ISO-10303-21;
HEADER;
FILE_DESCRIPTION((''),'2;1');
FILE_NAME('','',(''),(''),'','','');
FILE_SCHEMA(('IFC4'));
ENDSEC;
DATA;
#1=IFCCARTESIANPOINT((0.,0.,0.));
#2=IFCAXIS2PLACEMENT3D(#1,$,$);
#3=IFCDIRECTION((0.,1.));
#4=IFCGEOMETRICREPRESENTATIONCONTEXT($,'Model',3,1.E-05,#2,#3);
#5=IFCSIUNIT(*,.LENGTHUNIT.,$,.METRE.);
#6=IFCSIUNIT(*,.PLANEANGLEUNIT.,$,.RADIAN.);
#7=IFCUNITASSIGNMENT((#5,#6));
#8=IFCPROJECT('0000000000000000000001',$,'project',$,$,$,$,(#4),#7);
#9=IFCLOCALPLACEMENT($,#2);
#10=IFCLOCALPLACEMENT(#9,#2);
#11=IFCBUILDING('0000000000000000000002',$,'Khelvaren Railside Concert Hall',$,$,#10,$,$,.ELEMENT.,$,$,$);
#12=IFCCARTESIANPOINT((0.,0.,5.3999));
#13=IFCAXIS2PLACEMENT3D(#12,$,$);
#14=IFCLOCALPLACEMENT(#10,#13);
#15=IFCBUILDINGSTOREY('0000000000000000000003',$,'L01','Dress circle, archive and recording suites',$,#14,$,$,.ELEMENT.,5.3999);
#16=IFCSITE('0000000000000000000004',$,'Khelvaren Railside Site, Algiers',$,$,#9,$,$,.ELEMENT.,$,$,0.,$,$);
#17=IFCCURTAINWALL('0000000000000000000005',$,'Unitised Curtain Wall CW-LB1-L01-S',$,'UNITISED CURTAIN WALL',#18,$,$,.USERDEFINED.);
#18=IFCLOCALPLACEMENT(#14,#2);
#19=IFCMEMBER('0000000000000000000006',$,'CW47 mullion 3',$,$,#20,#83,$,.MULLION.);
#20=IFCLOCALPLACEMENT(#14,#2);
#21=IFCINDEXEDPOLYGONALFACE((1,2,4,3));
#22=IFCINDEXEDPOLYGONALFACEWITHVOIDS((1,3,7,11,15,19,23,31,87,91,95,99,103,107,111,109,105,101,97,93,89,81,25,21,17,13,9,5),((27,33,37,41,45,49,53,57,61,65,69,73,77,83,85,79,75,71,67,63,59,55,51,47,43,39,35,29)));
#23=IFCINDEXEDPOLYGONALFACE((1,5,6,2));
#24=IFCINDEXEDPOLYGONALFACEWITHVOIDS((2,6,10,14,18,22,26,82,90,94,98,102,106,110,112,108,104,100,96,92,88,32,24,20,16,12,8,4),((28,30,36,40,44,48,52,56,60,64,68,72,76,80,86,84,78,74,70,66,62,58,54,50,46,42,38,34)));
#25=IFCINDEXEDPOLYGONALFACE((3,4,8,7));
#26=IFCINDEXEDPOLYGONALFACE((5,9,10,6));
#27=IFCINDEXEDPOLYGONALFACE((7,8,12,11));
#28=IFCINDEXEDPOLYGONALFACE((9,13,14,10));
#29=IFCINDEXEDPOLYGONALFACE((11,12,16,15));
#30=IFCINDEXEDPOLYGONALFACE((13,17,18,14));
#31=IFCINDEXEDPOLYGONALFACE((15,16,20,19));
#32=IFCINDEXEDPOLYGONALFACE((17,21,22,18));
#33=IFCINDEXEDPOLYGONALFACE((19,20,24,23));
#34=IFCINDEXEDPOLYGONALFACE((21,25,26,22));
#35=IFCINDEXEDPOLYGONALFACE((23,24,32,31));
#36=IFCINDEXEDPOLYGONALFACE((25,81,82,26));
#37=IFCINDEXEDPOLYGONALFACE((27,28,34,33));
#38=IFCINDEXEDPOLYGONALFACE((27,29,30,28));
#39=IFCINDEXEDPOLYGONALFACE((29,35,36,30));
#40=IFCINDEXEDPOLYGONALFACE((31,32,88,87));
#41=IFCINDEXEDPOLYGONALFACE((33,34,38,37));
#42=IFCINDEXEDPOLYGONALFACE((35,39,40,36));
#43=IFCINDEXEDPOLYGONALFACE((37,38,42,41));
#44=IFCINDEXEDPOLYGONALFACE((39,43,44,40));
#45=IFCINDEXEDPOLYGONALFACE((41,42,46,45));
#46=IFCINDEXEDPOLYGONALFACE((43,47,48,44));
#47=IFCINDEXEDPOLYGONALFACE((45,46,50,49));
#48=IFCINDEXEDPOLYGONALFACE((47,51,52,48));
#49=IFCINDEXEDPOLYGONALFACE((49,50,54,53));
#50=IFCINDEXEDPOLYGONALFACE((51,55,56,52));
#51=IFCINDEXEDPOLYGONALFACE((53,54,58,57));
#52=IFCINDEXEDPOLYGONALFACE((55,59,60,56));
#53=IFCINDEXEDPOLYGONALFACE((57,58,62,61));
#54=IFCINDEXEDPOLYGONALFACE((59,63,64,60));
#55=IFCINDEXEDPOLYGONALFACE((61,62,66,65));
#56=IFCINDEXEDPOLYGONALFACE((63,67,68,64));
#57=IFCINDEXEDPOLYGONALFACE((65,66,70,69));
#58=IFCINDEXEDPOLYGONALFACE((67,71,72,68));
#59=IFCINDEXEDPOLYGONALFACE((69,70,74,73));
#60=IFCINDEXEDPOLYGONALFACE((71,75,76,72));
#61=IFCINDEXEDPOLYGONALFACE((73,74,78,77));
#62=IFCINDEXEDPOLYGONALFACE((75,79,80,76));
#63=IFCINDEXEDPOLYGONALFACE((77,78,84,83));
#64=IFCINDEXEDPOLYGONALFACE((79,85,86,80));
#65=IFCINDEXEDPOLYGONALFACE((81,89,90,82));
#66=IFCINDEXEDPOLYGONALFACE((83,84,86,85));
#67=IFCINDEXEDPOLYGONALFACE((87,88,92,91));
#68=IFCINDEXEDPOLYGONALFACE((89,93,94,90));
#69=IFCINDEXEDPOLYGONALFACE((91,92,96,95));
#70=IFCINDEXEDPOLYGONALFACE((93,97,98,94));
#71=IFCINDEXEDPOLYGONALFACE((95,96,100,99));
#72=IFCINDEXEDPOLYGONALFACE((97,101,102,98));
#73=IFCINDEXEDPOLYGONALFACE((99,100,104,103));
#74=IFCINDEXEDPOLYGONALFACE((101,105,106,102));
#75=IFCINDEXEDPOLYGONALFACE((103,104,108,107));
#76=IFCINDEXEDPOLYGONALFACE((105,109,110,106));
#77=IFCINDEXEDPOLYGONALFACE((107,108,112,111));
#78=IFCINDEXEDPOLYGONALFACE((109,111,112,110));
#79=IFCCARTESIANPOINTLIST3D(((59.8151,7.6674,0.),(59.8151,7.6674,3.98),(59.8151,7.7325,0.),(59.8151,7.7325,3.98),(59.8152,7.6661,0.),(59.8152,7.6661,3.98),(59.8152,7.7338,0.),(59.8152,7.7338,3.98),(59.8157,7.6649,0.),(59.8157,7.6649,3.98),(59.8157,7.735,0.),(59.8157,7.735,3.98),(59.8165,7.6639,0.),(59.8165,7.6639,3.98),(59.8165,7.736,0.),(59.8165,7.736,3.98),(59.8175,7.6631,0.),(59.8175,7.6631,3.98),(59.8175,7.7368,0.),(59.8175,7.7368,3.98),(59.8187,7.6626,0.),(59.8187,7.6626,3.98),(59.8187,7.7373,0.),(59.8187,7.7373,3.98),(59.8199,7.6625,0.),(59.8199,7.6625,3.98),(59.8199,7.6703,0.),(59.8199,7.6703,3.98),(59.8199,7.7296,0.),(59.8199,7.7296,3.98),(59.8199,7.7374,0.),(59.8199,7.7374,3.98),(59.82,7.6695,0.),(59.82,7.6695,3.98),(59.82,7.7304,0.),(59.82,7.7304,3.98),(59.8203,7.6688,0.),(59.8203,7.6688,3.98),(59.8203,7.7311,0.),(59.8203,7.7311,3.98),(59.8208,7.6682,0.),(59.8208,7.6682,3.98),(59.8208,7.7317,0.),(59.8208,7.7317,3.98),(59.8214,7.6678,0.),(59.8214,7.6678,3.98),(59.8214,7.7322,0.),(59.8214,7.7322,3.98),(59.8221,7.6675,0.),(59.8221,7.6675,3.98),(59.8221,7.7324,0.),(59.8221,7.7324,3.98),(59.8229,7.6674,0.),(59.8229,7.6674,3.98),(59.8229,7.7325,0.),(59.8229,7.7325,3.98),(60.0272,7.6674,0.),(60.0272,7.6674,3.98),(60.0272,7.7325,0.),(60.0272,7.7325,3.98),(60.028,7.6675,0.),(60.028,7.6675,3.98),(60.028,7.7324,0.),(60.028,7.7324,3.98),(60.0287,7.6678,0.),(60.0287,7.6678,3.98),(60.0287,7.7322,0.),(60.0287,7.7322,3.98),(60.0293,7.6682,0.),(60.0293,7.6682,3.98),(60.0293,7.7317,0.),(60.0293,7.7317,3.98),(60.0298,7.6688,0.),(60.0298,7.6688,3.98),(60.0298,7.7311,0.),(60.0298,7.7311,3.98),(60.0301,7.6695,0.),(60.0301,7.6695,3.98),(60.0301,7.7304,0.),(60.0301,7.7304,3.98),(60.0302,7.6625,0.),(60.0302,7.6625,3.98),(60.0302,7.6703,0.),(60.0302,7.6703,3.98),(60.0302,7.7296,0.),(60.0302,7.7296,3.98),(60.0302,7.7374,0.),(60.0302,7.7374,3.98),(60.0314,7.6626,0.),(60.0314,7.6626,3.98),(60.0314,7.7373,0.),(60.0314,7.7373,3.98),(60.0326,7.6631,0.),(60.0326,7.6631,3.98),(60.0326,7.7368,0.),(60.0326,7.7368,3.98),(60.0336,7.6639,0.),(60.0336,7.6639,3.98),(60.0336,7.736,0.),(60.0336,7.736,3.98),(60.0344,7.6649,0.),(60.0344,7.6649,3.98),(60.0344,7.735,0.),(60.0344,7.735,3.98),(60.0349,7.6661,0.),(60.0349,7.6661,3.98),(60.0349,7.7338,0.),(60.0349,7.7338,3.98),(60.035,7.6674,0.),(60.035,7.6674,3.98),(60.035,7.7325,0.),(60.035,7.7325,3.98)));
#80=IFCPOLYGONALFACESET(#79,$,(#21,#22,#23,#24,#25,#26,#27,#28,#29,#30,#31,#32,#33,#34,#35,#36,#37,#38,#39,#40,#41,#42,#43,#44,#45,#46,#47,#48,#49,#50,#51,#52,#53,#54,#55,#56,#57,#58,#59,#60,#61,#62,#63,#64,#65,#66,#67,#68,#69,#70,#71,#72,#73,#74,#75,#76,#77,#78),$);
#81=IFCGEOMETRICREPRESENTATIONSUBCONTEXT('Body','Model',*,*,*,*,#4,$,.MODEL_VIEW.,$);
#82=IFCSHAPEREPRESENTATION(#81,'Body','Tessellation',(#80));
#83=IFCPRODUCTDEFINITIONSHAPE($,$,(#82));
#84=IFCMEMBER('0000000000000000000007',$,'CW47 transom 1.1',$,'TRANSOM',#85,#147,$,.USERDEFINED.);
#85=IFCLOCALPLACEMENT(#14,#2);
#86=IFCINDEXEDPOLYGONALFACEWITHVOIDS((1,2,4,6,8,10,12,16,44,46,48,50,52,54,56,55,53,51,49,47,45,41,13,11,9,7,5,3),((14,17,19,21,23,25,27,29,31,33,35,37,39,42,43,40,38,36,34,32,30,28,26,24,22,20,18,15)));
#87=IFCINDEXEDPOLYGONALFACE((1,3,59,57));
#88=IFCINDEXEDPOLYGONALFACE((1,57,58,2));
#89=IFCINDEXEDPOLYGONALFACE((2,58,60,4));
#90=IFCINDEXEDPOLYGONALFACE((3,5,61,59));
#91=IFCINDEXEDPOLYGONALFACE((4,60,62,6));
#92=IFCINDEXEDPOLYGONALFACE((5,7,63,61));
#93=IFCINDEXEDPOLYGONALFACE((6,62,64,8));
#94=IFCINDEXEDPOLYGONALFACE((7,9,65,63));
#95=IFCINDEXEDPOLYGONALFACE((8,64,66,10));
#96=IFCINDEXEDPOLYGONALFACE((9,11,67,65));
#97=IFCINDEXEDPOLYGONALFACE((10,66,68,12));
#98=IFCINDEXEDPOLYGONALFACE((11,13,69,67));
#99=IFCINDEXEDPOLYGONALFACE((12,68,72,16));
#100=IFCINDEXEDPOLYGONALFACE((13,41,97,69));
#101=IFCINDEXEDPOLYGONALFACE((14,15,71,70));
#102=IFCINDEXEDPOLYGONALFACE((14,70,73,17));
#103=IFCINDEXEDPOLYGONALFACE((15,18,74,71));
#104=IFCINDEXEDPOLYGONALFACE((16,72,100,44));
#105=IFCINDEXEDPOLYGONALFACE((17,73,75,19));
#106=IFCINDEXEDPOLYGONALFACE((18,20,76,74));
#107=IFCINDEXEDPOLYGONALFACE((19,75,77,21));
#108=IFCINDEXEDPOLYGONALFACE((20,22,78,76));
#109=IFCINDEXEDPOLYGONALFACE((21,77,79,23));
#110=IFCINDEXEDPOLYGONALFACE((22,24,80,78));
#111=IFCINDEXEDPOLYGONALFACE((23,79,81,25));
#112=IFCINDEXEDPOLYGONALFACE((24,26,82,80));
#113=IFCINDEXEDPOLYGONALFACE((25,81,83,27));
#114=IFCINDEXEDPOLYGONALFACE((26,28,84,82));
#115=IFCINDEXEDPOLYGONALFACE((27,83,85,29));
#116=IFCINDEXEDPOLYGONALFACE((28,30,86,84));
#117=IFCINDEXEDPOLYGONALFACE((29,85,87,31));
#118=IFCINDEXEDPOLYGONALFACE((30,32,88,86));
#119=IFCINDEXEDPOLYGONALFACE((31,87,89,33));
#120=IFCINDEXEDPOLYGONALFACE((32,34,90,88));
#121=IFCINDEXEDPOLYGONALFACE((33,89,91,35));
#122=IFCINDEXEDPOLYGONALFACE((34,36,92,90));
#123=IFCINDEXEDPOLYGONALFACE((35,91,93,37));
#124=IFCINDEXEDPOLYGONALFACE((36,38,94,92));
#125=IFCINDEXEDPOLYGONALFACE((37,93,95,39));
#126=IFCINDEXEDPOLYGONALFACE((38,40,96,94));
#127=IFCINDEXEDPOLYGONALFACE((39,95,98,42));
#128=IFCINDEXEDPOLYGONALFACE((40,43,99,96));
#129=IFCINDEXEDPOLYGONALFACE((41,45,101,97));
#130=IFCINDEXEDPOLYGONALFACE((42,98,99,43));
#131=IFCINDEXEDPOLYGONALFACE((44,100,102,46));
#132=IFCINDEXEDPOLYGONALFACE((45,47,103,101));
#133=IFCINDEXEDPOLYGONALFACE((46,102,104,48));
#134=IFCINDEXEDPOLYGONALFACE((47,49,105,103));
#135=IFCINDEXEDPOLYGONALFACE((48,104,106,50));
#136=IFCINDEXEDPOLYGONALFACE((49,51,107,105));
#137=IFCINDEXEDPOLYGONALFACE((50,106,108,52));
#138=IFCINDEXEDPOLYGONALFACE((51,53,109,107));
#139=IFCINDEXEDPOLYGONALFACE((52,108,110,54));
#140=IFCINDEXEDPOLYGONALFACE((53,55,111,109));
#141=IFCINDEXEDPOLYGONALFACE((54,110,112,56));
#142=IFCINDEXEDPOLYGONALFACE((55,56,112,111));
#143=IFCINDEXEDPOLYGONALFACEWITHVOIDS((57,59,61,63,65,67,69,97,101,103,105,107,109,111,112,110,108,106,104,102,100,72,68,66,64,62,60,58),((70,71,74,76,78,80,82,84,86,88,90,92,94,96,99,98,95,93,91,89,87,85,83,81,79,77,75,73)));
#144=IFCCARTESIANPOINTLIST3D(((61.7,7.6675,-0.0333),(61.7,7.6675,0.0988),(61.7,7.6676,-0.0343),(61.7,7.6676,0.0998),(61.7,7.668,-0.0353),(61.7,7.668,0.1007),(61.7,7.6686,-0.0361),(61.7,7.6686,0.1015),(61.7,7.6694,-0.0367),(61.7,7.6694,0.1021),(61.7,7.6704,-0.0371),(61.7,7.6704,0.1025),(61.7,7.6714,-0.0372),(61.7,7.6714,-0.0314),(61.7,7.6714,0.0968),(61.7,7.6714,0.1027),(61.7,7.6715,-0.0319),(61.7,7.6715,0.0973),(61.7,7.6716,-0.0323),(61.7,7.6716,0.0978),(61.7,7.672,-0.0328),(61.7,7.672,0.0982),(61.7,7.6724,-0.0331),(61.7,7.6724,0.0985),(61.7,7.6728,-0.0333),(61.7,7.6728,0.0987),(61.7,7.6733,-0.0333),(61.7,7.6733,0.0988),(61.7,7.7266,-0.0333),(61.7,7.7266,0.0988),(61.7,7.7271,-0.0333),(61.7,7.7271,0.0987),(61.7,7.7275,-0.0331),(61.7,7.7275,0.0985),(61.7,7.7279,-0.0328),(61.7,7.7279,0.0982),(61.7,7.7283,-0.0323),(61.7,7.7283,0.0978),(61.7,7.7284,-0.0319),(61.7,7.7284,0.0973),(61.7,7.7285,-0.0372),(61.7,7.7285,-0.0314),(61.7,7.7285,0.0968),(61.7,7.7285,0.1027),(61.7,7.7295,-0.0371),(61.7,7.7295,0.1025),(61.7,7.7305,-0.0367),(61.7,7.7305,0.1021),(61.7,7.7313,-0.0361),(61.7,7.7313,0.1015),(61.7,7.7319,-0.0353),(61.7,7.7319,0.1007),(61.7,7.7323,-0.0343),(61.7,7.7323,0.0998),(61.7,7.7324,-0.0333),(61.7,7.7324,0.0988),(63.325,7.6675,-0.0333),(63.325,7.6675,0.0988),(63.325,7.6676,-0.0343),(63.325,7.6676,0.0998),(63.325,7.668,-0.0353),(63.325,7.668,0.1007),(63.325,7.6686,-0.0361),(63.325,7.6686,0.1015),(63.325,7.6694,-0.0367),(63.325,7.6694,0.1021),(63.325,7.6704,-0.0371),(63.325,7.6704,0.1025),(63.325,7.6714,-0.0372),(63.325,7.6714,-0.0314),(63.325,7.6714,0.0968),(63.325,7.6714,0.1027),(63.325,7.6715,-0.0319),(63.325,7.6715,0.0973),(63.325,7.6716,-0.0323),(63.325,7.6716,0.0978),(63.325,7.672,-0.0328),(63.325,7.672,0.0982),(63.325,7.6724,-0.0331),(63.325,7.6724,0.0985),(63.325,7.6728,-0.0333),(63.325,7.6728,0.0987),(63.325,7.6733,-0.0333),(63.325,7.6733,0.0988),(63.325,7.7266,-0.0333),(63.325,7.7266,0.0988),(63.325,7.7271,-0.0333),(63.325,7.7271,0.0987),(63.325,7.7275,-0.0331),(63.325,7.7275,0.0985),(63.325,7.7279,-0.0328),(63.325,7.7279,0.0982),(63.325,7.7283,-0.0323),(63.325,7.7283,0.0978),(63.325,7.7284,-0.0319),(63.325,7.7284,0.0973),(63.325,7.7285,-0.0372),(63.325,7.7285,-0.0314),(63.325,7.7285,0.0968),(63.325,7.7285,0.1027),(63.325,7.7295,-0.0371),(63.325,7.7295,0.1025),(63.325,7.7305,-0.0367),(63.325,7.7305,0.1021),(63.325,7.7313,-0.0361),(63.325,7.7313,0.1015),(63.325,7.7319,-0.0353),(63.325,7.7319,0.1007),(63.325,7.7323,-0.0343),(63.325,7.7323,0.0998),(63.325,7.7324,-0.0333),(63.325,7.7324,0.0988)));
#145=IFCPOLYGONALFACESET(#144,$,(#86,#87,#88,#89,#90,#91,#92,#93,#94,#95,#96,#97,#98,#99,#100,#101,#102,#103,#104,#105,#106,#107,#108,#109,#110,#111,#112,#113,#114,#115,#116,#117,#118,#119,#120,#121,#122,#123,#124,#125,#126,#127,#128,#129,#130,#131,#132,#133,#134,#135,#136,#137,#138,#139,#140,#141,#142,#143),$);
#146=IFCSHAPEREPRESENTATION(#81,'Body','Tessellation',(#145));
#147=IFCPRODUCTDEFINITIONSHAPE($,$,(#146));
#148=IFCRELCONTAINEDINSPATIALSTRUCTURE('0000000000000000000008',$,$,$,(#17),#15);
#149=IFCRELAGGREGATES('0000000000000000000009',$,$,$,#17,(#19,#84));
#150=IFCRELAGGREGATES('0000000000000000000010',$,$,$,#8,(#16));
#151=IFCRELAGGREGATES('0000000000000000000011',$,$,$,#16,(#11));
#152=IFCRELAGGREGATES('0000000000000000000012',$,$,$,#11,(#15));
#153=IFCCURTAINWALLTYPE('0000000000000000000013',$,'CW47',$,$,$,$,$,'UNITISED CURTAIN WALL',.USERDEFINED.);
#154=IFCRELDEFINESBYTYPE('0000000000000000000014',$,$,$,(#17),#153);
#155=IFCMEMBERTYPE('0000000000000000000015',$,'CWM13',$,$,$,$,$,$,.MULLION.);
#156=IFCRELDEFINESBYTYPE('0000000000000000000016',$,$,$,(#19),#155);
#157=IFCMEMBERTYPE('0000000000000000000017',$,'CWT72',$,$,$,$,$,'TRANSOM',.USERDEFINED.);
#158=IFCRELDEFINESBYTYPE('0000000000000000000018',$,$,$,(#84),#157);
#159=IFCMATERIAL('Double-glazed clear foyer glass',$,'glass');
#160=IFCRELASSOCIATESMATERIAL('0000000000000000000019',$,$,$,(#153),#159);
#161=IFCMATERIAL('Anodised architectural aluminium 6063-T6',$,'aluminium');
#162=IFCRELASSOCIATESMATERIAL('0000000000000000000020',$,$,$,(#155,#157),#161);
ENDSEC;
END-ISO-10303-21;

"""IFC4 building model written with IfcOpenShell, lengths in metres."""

from ifc_helpers import new_model, si_unit, direction, frame, origin, origin_2d, place, context, subcontext, project, spatial, hollow_rectangle, extrude, material, material_profile, profile_set, type_object, element, aggregate, save


model = new_model("IFC4")

# Units and contexts
model_context = context("Model", 3, precision=1e-05, world=origin(), true_north=direction((0.0, 1.0)))
body_context = subcontext(model_context, "Body", "Model", "MODEL_VIEW")
ifc_project = project(units=[si_unit("LENGTHUNIT", "METRE"), si_unit("PLANEANGLEUNIT", "RADIAN")], contexts=[model_context])

# Site, building, storey
site_placement = place(None, origin())
site = spatial("IfcSite", under=ifc_project, at=site_placement, Name="Khelvaren Railside Site, Algiers", CompositionType="ELEMENT", RefElevation=0.0)
building_placement = place(site_placement, origin())
building = spatial("IfcBuilding", under=site, at=building_placement, Name="Khelvaren Railside Concert Hall", CompositionType="ELEMENT")
storey_placement = place(building_placement, frame((0.0, 0.0, 5.3999)))
storey = spatial("IfcBuildingStorey", under=building, at=storey_placement, Name="L01", Description="Dress circle, archive and recording suites", CompositionType="ELEMENT", Elevation=5.3999)

# Curtain wall, members
ifc_material_1 = material(Name="Double-glazed clear foyer glass", Category="glass")
curtain_wall_type = type_object("IfcCurtainWallType", Name="CW47", ElementType="UNITISED CURTAIN WALL", PredefinedType="USERDEFINED", material=ifc_material_1)
curtain_wall_placement = place(storey_placement, origin())
curtain_wall = element("IfcCurtainWall", 1, at=curtain_wall_placement, inside=storey, type_object=curtain_wall_type, Name="Unitised Curtain Wall CW-LB1-L01-S", ObjectType="UNITISED CURTAIN WALL", PredefinedType="USERDEFINED")
ifc_material_2 = material(Name="Anodised architectural aluminium 6063-T6", Category="aluminium")
ifc_material_profile_1 = material_profile(ifc_material_2, hollow_rectangle(XDim=0.075, YDim=0.22, WallThickness=0.0049, InnerFilletRadius=0.0029, OuterFilletRadius=0.0049, at=origin_2d()), Name="CWM 75x220x5")
ifc_profile_set_1 = profile_set([ifc_material_profile_1], Name="Anodised architectural aluminium 6063-T6")
member_type_1 = type_object("IfcMemberType", Name="CWM13", PredefinedType="MULLION", material=ifc_profile_set_1)
member_1_placement = place(storey_placement, frame((59.925, 7.7, 0.0), z_axis=(0.0, 0.0, 1.0), x_axis=(0.0, -1.0, 0.0)))
member_1 = element("IfcMember", 2, at=member_1_placement, type_object=member_type_1, Name="CW47 mullion 3", PredefinedType="MULLION", context=body_context, shape_type="SweptSolid", body=[
    extrude(hollow_rectangle(XDim=0.075, YDim=0.22, WallThickness=0.0049, InnerFilletRadius=0.0029, OuterFilletRadius=0.0049, at=origin_2d()), origin(), (0.0, 0.0, 1.0), 3.98),
])
ifc_material_profile_2 = material_profile(ifc_material_2, hollow_rectangle(XDim=0.0649, YDim=0.1399, WallThickness=0.0039, InnerFilletRadius=0.002, OuterFilletRadius=0.0039, at=origin_2d()), Name="CWT 65x140x4")
ifc_profile_set_2 = profile_set([ifc_material_profile_2], Name="Anodised architectural aluminium 6063-T6")
member_type_2 = type_object("IfcMemberType", Name="CWT72", ElementType="TRANSOM", PredefinedType="USERDEFINED", material=ifc_profile_set_2)
member_2_placement = place(storey_placement, frame((63.325, 7.7, 0.0327), z_axis=(-1.0, 0.0, 0.0), x_axis=(0.0, -1.0, 0.0)))
member_2 = element("IfcMember", 3, at=member_2_placement, type_object=member_type_2, Name="CW47 transom 1.1", ObjectType="TRANSOM", PredefinedType="USERDEFINED", context=body_context, shape_type="SweptSolid", body=[
    extrude(hollow_rectangle(XDim=0.0649, YDim=0.1399, WallThickness=0.0039, InnerFilletRadius=0.002, OuterFilletRadius=0.0039, at=origin_2d()), origin(), (0.0, 0.0, 1.0), 1.625),
])

aggregate(curtain_wall, [member_1, member_2])

save(model, "model.ifc")
